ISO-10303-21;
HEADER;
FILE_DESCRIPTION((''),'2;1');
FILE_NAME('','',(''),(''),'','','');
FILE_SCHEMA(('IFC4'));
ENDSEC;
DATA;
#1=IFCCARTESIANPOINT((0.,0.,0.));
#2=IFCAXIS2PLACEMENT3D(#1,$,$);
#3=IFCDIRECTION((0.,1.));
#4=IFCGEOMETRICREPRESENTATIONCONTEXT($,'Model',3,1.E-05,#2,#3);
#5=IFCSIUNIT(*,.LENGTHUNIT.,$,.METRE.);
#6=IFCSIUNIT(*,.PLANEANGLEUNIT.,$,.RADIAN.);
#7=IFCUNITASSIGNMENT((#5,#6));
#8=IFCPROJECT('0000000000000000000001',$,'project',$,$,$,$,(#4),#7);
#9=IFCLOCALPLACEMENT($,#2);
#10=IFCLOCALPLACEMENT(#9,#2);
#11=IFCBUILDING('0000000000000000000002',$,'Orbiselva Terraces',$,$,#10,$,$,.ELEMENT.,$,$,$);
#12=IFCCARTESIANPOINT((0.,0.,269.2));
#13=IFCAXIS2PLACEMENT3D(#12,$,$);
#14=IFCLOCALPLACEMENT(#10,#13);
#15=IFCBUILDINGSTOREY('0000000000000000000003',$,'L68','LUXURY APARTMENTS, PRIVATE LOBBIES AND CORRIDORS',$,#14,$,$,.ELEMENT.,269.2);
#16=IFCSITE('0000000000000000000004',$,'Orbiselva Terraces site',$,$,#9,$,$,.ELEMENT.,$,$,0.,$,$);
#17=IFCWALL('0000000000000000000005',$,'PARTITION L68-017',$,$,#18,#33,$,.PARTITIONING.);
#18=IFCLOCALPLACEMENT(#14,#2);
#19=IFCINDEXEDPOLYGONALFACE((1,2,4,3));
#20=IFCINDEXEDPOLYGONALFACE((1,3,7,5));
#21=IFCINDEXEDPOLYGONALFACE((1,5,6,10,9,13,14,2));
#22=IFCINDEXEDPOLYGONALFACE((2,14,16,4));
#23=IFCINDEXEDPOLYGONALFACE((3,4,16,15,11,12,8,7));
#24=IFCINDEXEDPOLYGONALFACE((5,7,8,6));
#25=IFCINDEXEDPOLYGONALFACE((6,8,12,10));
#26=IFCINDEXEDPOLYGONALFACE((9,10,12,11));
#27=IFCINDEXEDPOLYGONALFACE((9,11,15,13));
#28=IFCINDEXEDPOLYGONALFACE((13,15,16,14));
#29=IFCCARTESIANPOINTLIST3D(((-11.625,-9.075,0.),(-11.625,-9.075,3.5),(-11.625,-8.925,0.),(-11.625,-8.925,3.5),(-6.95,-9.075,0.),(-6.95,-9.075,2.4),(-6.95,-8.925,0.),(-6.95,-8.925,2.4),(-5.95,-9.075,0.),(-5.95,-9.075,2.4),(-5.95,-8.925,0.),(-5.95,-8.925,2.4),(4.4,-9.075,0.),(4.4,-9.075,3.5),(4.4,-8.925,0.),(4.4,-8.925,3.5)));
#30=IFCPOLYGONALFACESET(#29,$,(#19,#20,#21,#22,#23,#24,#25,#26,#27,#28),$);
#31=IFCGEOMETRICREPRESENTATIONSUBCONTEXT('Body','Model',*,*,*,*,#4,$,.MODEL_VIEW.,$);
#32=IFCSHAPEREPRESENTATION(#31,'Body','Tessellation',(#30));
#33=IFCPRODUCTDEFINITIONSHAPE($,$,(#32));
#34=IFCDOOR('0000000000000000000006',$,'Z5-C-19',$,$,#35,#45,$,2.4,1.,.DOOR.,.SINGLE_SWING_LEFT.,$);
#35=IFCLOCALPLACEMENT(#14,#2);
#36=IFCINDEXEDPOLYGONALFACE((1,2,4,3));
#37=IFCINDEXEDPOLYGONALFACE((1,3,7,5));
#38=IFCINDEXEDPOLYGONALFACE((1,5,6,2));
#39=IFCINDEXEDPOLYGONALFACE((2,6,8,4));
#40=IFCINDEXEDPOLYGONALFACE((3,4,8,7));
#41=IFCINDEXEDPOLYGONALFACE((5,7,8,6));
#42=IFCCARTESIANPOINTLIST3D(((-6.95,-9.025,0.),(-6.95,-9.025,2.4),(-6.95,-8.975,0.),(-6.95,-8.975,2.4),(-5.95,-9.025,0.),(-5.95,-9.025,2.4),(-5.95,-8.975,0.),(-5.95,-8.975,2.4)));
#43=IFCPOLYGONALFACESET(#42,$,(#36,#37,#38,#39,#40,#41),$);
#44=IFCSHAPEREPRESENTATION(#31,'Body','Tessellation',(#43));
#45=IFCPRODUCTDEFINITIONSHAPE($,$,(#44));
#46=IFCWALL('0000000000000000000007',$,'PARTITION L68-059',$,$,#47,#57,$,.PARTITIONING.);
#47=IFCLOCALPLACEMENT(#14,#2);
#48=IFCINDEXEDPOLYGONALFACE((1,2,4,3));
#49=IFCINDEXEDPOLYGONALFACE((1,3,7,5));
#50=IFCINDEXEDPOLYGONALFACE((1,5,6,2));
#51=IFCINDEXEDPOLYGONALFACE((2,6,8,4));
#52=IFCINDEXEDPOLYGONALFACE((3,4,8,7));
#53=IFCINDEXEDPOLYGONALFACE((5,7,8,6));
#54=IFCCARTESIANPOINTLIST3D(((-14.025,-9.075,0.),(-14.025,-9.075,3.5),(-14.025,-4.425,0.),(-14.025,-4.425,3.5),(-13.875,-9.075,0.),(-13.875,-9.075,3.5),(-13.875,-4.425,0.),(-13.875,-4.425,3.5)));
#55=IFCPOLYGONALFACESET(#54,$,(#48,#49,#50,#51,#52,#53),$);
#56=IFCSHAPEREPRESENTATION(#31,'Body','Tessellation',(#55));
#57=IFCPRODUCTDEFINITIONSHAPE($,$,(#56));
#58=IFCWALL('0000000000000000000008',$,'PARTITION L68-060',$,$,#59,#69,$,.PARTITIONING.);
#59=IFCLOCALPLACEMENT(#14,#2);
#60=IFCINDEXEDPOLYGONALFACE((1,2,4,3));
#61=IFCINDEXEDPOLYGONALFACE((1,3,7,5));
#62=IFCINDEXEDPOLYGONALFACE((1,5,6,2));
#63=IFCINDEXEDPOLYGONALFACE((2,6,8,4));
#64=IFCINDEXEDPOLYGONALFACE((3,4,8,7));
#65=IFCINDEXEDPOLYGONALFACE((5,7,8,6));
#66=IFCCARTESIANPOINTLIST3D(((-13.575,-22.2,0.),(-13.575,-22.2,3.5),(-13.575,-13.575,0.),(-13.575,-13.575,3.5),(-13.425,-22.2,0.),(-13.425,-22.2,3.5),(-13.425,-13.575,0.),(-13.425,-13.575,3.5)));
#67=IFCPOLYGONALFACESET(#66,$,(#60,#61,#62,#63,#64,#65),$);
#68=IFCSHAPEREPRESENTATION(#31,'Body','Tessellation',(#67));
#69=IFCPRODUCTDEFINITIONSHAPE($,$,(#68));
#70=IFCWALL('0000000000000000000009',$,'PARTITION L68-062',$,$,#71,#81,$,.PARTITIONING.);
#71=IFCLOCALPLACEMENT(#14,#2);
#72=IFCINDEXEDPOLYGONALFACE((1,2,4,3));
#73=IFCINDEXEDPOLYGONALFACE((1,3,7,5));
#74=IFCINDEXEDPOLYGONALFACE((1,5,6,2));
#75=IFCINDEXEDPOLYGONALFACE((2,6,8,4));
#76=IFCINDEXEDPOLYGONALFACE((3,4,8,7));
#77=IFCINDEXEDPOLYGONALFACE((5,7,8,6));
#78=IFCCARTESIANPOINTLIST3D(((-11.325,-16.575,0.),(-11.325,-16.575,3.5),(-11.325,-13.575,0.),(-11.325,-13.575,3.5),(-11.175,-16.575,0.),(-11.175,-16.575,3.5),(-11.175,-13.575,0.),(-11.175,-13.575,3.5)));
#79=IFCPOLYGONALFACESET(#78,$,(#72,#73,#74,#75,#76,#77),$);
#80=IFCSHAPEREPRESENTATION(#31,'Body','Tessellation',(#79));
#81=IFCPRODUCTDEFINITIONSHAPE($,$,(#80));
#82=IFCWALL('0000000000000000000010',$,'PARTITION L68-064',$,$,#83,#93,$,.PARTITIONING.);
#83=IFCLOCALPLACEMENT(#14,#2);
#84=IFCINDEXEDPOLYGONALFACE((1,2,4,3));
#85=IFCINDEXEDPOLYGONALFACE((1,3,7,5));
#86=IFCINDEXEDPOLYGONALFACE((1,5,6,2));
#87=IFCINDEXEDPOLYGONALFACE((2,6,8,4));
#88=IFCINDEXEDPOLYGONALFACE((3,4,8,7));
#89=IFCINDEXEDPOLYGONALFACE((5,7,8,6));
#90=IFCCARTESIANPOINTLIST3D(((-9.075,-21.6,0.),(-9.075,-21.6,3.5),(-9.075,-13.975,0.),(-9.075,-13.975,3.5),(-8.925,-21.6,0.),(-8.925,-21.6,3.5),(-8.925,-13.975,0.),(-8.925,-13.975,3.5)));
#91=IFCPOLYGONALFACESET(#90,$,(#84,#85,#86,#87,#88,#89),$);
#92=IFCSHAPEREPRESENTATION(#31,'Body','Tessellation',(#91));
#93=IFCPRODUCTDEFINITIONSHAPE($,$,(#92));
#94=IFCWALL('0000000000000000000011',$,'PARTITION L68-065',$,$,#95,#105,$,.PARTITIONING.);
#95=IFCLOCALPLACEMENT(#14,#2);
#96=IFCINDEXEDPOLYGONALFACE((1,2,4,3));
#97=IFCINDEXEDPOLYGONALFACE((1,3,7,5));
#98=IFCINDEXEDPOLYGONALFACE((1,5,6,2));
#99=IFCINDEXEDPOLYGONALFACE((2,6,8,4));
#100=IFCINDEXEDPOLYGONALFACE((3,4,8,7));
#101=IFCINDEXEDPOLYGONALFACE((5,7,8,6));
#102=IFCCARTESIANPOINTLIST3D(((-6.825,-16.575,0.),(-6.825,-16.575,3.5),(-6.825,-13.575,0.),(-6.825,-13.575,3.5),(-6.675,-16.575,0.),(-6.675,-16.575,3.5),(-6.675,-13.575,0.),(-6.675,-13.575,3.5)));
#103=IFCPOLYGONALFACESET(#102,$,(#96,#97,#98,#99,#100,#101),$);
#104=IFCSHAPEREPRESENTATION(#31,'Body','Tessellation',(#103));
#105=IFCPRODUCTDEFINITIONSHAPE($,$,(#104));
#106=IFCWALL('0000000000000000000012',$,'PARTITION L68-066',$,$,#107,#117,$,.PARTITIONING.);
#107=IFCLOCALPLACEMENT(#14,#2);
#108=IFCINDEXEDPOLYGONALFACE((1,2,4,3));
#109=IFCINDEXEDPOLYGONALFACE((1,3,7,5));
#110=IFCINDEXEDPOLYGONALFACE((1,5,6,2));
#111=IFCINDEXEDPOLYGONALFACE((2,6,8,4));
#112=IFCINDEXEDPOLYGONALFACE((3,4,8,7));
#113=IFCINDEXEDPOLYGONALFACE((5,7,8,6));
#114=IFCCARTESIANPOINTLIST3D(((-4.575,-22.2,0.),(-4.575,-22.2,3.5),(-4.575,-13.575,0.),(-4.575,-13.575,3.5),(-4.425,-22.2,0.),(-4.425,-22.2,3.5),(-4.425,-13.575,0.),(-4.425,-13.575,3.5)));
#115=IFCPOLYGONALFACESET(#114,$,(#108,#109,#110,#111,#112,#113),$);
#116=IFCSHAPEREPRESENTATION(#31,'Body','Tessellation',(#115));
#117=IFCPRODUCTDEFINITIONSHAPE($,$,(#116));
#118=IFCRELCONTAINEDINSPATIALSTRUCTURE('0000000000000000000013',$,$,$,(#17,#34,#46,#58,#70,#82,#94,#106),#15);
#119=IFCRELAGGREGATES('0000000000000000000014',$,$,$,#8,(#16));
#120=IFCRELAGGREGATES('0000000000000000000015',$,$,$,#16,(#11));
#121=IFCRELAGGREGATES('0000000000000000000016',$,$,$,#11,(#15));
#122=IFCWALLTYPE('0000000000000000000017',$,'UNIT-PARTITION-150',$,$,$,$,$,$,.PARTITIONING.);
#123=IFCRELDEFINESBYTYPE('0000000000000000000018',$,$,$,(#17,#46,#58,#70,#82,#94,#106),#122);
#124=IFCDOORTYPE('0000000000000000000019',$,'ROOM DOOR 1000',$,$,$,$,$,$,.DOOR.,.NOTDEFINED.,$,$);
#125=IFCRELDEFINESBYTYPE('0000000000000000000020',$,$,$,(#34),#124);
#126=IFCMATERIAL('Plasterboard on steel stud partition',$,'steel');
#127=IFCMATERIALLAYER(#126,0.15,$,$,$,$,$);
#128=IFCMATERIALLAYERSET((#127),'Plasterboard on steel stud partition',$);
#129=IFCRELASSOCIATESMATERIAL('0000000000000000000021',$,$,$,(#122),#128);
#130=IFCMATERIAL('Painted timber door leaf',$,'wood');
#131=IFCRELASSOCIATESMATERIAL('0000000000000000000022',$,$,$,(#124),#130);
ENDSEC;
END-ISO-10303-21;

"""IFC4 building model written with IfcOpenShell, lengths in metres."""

from ifc_helpers import new_model, si_unit, direction, frame, frame_2d, origin, place, context, subcontext, project, spatial, rectangle, extrude, material, layer, layer_set, type_object, element, fill, save


model = new_model("IFC4")

# Units and contexts
model_context = context("Model", 3, precision=1e-05, world=origin(), true_north=direction((0.0, 1.0)))
body_context = subcontext(model_context, "Body", "Model", "MODEL_VIEW")
ifc_project = project(units=[si_unit("LENGTHUNIT", "METRE"), si_unit("PLANEANGLEUNIT", "RADIAN")], contexts=[model_context])

# Site, building, storey
site_placement = place(None, origin())
site = spatial("IfcSite", under=ifc_project, at=site_placement, Name="Orbiselva Terraces site", CompositionType="ELEMENT", RefElevation=0.0)
building_placement = place(site_placement, origin())
building = spatial("IfcBuilding", under=site, at=building_placement, Name="Orbiselva Terraces", CompositionType="ELEMENT")
storey_placement = place(building_placement, frame((0.0, 0.0, 269.2)))
storey = spatial("IfcBuildingStorey", under=building, at=storey_placement, Name="L68", Description="LUXURY APARTMENTS, PRIVATE LOBBIES AND CORRIDORS", CompositionType="ELEMENT", Elevation=269.2)

# Shared definitions
ifc_material_1 = material(Name="Plasterboard on steel stud partition", Category="steel")
ifc_layer_1 = layer(ifc_material_1, 0.15)
ifc_layer_set_1 = layer_set([ifc_layer_1], Name="Plasterboard on steel stud partition")
wall_type_1 = type_object("IfcWallType", Name="UNIT-PARTITION-150", PredefinedType="PARTITIONING", material=ifc_layer_set_1)
ifc_material_2 = material(Name="Painted timber door leaf", Category="wood")

# Shared definitions
door_type_1 = type_object("IfcDoorType", Name="ROOM DOOR 1000", OperationType="NOTDEFINED", PredefinedType="DOOR", material=ifc_material_2)

# Wall, opening, door
wall_1_placement = place(storey_placement, frame((-11.625, -9.0, 0.0), z_axis=(0.0, 0.0, 1.0), x_axis=(1.0, 0.0, 0.0)))
wall_1 = element("IfcWall", 1, at=wall_1_placement, inside=storey, type_object=wall_type_1, Name="PARTITION L68-017", PredefinedType="PARTITIONING", context=body_context, shape_type="SweptSolid", body=[
    extrude(rectangle(XDim=16.025, YDim=0.15, at=frame_2d((8.0125, 0.0))), origin(), (0.0, 0.0, 1.0), 3.5),
])
opening_1_placement = place(wall_1_placement, frame((4.675, 0.0, 0.0)))
opening_1 = element("IfcOpeningElement", 2, at=opening_1_placement, cuts=wall_1, PredefinedType="OPENING", context=body_context, shape_type="SweptSolid", body=[
    extrude(rectangle(XDim=1.0, YDim=2.4, at=frame_2d((0.5, 1.2))), frame((0.0, 0.085, 0.0), z_axis=(0.0, -1.0, 0.0), x_axis=(1.0, 0.0, 0.0)), (0.0, 0.0, 1.0), 0.17),
])
door_1_placement = place(opening_1_placement, origin())
door_1 = element("IfcDoor", 3, at=door_1_placement, inside=storey, type_object=door_type_1, Name="Z5-C-19", OperationType="SINGLE_SWING_LEFT", OverallHeight=2.4, OverallWidth=1.0, PredefinedType="DOOR", context=body_context, shape_type="SweptSolid", body=[
    extrude(rectangle(XDim=1.0, YDim=2.4, at=frame_2d((0.5, 1.2))), frame((0.0, 0.025, 0.0), z_axis=(0.0, -1.0, 0.0), x_axis=(1.0, 0.0, 0.0)), (0.0, 0.0, 1.0), 0.05),
])
fill(opening_1, door_1)

# Walls
wall_2_placement = place(storey_placement, frame((-13.95, -9.075, 0.0), z_axis=(0.0, 0.0, 1.0), x_axis=(0.0, 1.0, 0.0)))
element("IfcWall", 4, at=wall_2_placement, inside=storey, type_object=wall_type_1, Name="PARTITION L68-059", PredefinedType="PARTITIONING", context=body_context, shape_type="SweptSolid", body=[
    extrude(rectangle(XDim=4.65, YDim=0.15, at=frame_2d((2.325, 0.0))), origin(), (0.0, 0.0, 1.0), 3.5),
])
wall_3_placement = place(storey_placement, frame((-13.5, -22.2, 0.0), z_axis=(0.0, 0.0, 1.0), x_axis=(0.0, 1.0, 0.0)))
element("IfcWall", 5, at=wall_3_placement, inside=storey, type_object=wall_type_1, Name="PARTITION L68-060", PredefinedType="PARTITIONING", context=body_context, shape_type="SweptSolid", body=[
    extrude(rectangle(XDim=8.625, YDim=0.15, at=frame_2d((4.3125, 0.0))), origin(), (0.0, 0.0, 1.0), 3.5),
])
wall_4_placement = place(storey_placement, frame((-11.25, -16.575, 0.0), z_axis=(0.0, 0.0, 1.0), x_axis=(0.0, 1.0, 0.0)))
element("IfcWall", 6, at=wall_4_placement, inside=storey, type_object=wall_type_1, Name="PARTITION L68-062", PredefinedType="PARTITIONING", context=body_context, shape_type="SweptSolid", body=[
    extrude(rectangle(XDim=3.0, YDim=0.15, at=frame_2d((1.5, 0.0))), origin(), (0.0, 0.0, 1.0), 3.5),
])
wall_5_placement = place(storey_placement, frame((-9.0, -21.6, 0.0), z_axis=(0.0, 0.0, 1.0), x_axis=(0.0, 1.0, 0.0)))
element("IfcWall", 7, at=wall_5_placement, inside=storey, type_object=wall_type_1, Name="PARTITION L68-064", PredefinedType="PARTITIONING", context=body_context, shape_type="SweptSolid", body=[
    extrude(rectangle(XDim=7.625, YDim=0.15, at=frame_2d((3.8125, 0.0))), origin(), (0.0, 0.0, 1.0), 3.5),
])
wall_6_placement = place(storey_placement, frame((-6.75, -16.575, 0.0), z_axis=(0.0, 0.0, 1.0), x_axis=(0.0, 1.0, 0.0)))
element("IfcWall", 8, at=wall_6_placement, inside=storey, type_object=wall_type_1, Name="PARTITION L68-065", PredefinedType="PARTITIONING", context=body_context, shape_type="SweptSolid", body=[
    extrude(rectangle(XDim=3.0, YDim=0.15, at=frame_2d((1.5, 0.0))), origin(), (0.0, 0.0, 1.0), 3.5),
])
wall_7_placement = place(storey_placement, frame((-4.5, -22.2, 0.0), z_axis=(0.0, 0.0, 1.0), x_axis=(0.0, 1.0, 0.0)))
element("IfcWall", 9, at=wall_7_placement, inside=storey, type_object=wall_type_1, Name="PARTITION L68-066", PredefinedType="PARTITIONING", context=body_context, shape_type="SweptSolid", body=[
    extrude(rectangle(XDim=8.625, YDim=0.15, at=frame_2d((4.3125, 0.0))), origin(), (0.0, 0.0, 1.0), 3.5),
])

save(model, "model.ifc")
